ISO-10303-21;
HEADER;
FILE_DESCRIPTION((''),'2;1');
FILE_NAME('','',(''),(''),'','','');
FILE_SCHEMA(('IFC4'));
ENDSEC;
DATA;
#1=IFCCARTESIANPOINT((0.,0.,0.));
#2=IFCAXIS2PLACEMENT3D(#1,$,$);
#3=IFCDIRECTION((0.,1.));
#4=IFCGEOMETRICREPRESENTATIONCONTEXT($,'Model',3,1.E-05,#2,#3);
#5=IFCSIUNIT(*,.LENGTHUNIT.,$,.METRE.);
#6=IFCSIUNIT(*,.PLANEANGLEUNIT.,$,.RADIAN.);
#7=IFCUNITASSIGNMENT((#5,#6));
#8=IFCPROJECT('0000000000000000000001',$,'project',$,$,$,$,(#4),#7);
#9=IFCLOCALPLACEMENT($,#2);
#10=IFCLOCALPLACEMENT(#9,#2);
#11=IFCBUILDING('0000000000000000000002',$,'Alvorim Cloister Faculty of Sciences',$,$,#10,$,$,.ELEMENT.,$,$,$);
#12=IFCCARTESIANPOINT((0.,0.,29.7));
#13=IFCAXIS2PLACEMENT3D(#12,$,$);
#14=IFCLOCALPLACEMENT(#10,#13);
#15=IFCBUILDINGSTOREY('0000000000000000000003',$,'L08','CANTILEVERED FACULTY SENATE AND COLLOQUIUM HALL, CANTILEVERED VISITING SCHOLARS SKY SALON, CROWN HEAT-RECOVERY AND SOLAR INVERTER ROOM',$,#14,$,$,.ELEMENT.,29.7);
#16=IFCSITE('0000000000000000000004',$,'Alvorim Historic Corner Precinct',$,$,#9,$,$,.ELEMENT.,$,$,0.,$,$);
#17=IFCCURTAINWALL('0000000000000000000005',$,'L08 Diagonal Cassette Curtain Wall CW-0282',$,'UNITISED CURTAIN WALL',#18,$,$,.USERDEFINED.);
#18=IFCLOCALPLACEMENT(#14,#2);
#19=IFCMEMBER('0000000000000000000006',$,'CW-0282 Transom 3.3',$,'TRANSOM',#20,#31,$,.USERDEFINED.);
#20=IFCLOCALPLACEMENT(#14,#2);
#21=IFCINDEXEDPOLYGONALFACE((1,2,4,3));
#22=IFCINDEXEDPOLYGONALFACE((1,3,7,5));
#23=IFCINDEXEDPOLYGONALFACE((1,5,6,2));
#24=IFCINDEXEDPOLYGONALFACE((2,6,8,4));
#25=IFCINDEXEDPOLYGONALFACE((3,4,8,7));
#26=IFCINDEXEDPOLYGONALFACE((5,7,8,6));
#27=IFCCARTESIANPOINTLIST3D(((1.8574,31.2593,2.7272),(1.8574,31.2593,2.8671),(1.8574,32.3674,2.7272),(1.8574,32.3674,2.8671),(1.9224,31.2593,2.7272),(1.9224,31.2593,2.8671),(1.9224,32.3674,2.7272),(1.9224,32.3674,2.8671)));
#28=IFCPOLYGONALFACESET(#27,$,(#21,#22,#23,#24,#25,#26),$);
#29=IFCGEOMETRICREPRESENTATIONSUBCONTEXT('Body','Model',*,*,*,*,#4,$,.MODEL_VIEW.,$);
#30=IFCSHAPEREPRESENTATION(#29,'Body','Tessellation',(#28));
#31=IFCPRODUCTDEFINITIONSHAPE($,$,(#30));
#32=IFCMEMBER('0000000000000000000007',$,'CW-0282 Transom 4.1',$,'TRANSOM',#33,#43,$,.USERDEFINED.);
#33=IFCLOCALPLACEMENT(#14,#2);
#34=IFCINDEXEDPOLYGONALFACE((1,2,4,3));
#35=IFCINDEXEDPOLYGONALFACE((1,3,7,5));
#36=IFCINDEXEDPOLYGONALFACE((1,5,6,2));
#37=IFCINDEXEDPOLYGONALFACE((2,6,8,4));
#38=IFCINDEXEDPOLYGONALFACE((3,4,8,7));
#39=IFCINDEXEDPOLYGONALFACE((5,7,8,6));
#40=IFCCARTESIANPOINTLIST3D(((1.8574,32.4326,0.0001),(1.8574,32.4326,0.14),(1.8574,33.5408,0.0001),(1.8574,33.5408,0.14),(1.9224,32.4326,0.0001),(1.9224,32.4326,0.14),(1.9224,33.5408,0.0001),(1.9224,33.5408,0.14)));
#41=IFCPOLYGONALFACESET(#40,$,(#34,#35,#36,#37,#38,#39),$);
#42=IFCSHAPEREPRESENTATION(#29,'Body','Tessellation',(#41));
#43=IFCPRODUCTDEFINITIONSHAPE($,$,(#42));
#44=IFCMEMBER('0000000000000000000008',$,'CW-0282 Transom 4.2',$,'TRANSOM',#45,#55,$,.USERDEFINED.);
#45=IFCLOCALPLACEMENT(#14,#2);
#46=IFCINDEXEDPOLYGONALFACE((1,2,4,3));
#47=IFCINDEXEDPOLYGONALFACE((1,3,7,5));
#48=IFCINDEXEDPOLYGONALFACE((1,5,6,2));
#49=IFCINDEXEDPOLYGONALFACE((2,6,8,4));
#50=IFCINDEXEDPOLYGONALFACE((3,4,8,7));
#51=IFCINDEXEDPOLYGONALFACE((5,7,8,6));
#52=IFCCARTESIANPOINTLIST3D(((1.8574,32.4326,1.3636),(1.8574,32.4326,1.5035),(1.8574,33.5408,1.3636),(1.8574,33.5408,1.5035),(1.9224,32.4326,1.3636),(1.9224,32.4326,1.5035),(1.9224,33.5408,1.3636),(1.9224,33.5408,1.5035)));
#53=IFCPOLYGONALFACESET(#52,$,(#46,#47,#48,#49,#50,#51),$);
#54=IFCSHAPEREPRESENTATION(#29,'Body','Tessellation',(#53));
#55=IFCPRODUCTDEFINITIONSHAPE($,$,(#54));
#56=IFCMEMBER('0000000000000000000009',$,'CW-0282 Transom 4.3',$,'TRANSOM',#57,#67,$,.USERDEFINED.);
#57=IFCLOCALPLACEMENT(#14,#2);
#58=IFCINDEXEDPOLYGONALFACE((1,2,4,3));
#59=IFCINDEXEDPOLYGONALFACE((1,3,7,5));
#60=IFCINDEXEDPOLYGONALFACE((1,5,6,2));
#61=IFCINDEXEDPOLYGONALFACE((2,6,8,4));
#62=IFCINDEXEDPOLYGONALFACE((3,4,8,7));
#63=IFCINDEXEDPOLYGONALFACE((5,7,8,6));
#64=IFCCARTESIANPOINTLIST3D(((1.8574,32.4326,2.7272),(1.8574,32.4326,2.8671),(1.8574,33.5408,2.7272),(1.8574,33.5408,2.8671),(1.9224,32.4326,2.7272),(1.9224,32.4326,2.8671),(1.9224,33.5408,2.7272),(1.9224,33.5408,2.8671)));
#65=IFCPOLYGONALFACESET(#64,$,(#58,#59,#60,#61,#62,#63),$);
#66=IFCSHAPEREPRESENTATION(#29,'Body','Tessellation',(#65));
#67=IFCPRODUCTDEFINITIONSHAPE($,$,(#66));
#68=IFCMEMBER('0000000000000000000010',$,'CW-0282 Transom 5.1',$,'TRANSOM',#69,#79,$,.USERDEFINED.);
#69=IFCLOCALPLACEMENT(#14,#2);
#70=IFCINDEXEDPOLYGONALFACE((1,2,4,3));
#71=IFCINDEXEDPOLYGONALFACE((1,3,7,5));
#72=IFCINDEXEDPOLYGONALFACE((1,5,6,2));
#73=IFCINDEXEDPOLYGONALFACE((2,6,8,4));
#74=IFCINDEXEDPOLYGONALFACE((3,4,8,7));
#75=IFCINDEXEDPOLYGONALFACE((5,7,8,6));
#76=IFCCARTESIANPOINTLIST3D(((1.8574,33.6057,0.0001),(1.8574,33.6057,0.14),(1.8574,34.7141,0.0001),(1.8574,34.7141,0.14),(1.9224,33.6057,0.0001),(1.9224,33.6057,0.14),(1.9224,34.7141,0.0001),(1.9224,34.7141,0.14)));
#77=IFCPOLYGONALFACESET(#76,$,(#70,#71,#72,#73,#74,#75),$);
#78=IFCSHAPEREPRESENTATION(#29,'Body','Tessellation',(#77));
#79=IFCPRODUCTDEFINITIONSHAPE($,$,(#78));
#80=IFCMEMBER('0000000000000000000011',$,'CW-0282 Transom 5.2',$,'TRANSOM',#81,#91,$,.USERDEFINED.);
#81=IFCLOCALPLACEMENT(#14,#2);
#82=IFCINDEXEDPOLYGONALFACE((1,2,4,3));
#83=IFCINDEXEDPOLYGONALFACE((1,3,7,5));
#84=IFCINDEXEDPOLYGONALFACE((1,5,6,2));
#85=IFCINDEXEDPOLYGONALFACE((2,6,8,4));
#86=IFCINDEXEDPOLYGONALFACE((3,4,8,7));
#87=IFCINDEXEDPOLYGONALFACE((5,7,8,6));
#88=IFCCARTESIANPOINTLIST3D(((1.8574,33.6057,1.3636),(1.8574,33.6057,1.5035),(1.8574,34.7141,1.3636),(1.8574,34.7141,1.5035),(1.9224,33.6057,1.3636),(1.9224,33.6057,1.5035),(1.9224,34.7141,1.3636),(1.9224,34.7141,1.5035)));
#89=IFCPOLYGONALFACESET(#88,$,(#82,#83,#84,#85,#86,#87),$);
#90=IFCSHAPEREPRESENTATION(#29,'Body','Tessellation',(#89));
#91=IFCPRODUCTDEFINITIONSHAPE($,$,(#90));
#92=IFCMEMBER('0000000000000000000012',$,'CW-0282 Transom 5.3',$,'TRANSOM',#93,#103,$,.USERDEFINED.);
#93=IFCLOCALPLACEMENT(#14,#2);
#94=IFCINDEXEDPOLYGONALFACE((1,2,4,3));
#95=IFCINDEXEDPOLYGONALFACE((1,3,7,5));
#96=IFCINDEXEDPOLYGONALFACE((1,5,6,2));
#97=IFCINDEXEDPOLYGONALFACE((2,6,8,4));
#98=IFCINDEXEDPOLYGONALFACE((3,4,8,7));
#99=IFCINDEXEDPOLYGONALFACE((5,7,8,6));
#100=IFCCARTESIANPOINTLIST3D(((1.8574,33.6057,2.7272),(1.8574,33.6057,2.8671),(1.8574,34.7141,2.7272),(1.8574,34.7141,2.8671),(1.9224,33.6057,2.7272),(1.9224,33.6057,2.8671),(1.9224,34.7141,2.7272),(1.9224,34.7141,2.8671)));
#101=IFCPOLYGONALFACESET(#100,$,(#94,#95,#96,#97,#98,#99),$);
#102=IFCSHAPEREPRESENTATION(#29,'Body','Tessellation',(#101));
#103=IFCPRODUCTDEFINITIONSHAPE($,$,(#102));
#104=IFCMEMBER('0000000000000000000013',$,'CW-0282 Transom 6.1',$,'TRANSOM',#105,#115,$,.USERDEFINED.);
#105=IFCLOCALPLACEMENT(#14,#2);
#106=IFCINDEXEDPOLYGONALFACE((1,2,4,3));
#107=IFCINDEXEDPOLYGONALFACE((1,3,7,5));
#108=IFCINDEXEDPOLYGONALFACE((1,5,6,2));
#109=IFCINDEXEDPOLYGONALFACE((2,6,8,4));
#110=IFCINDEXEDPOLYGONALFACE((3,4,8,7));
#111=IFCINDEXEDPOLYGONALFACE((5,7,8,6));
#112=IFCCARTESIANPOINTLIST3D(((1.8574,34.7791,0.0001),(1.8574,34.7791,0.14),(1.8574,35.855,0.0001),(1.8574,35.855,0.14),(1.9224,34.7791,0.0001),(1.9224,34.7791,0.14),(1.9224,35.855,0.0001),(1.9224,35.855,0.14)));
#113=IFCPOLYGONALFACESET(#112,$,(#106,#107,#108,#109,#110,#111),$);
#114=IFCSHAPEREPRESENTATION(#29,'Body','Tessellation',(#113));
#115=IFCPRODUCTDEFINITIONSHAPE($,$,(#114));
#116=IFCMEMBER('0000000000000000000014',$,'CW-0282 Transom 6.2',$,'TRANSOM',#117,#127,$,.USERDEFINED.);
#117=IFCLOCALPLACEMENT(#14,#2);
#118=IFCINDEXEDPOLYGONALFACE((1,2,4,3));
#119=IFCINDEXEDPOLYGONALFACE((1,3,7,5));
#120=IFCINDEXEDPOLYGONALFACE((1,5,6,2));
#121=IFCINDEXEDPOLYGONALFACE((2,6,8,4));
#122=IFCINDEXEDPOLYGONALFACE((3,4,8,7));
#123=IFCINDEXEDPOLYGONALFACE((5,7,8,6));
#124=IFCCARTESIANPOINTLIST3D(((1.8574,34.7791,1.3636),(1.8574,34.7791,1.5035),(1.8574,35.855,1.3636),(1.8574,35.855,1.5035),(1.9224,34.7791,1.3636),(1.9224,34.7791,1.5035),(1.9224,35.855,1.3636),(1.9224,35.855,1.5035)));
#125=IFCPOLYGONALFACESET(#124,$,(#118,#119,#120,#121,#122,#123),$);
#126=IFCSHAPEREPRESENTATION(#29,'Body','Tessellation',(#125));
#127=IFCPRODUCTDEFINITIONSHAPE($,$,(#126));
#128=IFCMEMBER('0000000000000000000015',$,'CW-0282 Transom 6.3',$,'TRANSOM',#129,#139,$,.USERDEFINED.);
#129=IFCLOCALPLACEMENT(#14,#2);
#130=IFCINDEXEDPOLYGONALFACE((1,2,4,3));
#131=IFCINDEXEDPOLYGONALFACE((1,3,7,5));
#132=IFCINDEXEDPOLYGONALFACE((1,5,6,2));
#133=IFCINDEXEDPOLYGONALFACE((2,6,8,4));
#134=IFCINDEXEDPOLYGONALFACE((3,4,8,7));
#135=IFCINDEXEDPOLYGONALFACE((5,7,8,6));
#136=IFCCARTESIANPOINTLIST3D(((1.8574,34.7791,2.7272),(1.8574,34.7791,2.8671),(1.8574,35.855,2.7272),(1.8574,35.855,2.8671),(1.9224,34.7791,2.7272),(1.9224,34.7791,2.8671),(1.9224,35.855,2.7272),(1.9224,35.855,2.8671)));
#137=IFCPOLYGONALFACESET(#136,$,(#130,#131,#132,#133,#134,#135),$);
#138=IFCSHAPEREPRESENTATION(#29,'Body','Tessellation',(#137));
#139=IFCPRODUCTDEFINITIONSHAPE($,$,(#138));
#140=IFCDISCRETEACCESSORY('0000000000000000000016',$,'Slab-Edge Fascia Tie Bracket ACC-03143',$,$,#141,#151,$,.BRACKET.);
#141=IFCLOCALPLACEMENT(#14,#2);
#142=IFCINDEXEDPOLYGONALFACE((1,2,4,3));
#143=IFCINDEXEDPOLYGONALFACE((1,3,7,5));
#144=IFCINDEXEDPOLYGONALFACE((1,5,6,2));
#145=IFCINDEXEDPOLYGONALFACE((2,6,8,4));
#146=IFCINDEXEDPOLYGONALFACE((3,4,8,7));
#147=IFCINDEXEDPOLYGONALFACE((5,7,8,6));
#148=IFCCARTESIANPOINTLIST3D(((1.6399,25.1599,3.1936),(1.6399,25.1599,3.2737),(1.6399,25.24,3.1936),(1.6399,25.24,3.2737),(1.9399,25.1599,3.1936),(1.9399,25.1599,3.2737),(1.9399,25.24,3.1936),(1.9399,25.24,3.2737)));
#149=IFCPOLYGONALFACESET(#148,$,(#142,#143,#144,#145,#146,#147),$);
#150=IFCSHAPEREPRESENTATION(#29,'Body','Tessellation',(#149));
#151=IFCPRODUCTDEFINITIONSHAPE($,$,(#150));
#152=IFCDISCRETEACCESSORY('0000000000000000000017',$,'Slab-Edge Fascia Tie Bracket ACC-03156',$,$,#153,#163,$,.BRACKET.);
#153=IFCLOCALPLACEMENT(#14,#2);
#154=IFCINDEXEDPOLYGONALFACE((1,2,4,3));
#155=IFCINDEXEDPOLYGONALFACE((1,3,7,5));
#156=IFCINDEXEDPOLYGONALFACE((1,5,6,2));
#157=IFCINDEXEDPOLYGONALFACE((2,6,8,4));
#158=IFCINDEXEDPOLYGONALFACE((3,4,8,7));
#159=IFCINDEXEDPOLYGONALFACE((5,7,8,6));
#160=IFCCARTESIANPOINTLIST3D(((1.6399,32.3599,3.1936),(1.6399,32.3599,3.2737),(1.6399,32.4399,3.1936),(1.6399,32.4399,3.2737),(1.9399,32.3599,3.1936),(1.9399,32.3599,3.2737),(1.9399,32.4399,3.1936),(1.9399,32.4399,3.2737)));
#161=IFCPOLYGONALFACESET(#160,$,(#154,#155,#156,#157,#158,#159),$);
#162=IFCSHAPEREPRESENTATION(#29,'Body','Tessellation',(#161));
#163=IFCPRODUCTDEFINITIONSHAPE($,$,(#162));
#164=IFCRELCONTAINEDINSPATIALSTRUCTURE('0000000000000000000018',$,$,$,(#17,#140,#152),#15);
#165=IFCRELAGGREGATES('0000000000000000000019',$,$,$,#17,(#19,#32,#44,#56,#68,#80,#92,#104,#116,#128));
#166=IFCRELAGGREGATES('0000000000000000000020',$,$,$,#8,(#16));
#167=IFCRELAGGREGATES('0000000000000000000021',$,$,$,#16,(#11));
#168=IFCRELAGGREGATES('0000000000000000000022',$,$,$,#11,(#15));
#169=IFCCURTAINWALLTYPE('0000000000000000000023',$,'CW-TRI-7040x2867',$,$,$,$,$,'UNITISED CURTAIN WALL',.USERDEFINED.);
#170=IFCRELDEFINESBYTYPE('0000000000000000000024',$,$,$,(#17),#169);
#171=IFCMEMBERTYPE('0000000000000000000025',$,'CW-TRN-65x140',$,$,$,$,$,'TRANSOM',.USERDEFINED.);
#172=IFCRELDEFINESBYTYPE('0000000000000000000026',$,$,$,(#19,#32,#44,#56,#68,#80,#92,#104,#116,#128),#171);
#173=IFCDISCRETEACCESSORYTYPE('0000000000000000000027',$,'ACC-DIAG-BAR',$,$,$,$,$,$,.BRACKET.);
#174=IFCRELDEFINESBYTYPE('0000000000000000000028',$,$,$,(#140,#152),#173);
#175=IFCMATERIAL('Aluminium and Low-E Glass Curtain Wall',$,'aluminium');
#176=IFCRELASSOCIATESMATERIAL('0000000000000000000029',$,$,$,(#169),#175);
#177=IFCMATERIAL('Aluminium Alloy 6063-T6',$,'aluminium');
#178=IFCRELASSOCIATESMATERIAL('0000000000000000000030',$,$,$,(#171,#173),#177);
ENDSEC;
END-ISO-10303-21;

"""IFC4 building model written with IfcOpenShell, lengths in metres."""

from ifc_helpers import new_model, si_unit, direction, frame, origin, origin_2d, place, context, subcontext, project, spatial, rectangle, extrude, material, material_profile, profile_set, type_object, element, aggregate, save


model = new_model("IFC4")

# Units and contexts
model_context = context("Model", 3, precision=1e-05, world=origin(), true_north=direction((0.0, 1.0)))
body_context = subcontext(model_context, "Body", "Model", "MODEL_VIEW")
ifc_project = project(units=[si_unit("LENGTHUNIT", "METRE"), si_unit("PLANEANGLEUNIT", "RADIAN")], contexts=[model_context])

# Site, building, storey
site_placement = place(None, origin())
site = spatial("IfcSite", under=ifc_project, at=site_placement, Name="Alvorim Historic Corner Precinct", CompositionType="ELEMENT", RefElevation=0.0)
building_placement = place(site_placement, origin())
building = spatial("IfcBuilding", under=site, at=building_placement, Name="Alvorim Cloister Faculty of Sciences", CompositionType="ELEMENT")
storey_placement = place(building_placement, frame((0.0, 0.0, 29.7)))
storey = spatial("IfcBuildingStorey", under=building, at=storey_placement, Name="L08", Description="CANTILEVERED FACULTY SENATE AND COLLOQUIUM HALL, CANTILEVERED VISITING SCHOLARS SKY SALON, CROWN HEAT-RECOVERY AND SOLAR INVERTER ROOM", CompositionType="ELEMENT", Elevation=29.7)

# Shared definitions
ifc_material_1 = material(Name="Aluminium and Low-E Glass Curtain Wall", Category="aluminium")
curtain_wall_type = type_object("IfcCurtainWallType", Name="CW-TRI-7040x2867", ElementType="UNITISED CURTAIN WALL", PredefinedType="USERDEFINED", material=ifc_material_1)
ifc_material_2 = material(Name="Aluminium Alloy 6063-T6", Category="aluminium")

# Curtain wall
curtain_wall_1_placement = place(storey_placement, origin())
curtain_wall_1 = element("IfcCurtainWall", 1, at=curtain_wall_1_placement, inside=storey, type_object=curtain_wall_type, Name="L08 Diagonal Cassette Curtain Wall CW-0282", ObjectType="UNITISED CURTAIN WALL", PredefinedType="USERDEFINED")

# Members
ifc_material_profile_1 = material_profile(ifc_material_2, rectangle(XDim=0.0649, YDim=0.1399, at=origin_2d()), Name="ALU-TRN-65x140")
ifc_profile_set_1 = profile_set([ifc_material_profile_1], Name="Aluminium Alloy 6063-T6")
member_type_1 = type_object("IfcMemberType", Name="CW-TRN-65x140", ElementType="TRANSOM", PredefinedType="USERDEFINED", material=ifc_profile_set_1)
member_1_placement = place(storey_placement, frame((1.8899, 31.2593, 2.7971), z_axis=(0.0, 1.0, 0.0), x_axis=(-1.0, 0.0, 0.0)))
member_1 = element("IfcMember", 2, at=member_1_placement, type_object=member_type_1, Name="CW-0282 Transom 3.3", ObjectType="TRANSOM", PredefinedType="USERDEFINED", context=body_context, shape_type="SweptSolid", body=[
    extrude(rectangle(XDim=0.0649, YDim=0.1399, at=origin_2d()), origin(), (0.0, 0.0, 1.0), 1.1082),
])
member_2_placement = place(storey_placement, frame((1.8899, 32.4326, 0.0701), z_axis=(0.0, 1.0, 0.0), x_axis=(-1.0, 0.0, 0.0)))
member_2 = element("IfcMember", 3, at=member_2_placement, type_object=member_type_1, Name="CW-0282 Transom 4.1", ObjectType="TRANSOM", PredefinedType="USERDEFINED", context=body_context, shape_type="SweptSolid", body=[
    extrude(rectangle(XDim=0.0649, YDim=0.1399, at=origin_2d()), origin(), (0.0, 0.0, 1.0), 1.1082),
])
member_3_placement = place(storey_placement, frame((1.8899, 32.4326, 1.4336), z_axis=(0.0, 1.0, 0.0), x_axis=(-1.0, 0.0, 0.0)))
member_3 = element("IfcMember", 4, at=member_3_placement, type_object=member_type_1, Name="CW-0282 Transom 4.2", ObjectType="TRANSOM", PredefinedType="USERDEFINED", context=body_context, shape_type="SweptSolid", body=[
    extrude(rectangle(XDim=0.0649, YDim=0.1399, at=origin_2d()), origin(), (0.0, 0.0, 1.0), 1.1082),
])
member_4_placement = place(storey_placement, frame((1.8899, 32.4326, 2.7971), z_axis=(0.0, 1.0, 0.0), x_axis=(-1.0, 0.0, 0.0)))
member_4 = element("IfcMember", 5, at=member_4_placement, type_object=member_type_1, Name="CW-0282 Transom 4.3", ObjectType="TRANSOM", PredefinedType="USERDEFINED", context=body_context, shape_type="SweptSolid", body=[
    extrude(rectangle(XDim=0.0649, YDim=0.1399, at=origin_2d()), origin(), (0.0, 0.0, 1.0), 1.1082),
])
member_5_placement = place(storey_placement, frame((1.8899, 33.6057, 0.0701), z_axis=(0.0, 1.0, 0.0), x_axis=(-1.0, 0.0, 0.0)))
member_5 = element("IfcMember", 6, at=member_5_placement, type_object=member_type_1, Name="CW-0282 Transom 5.1", ObjectType="TRANSOM", PredefinedType="USERDEFINED", context=body_context, shape_type="SweptSolid", body=[
    extrude(rectangle(XDim=0.0649, YDim=0.1399, at=origin_2d()), origin(), (0.0, 0.0, 1.0), 1.1084),
])
member_6_placement = place(storey_placement, frame((1.8899, 33.6057, 1.4336), z_axis=(0.0, 1.0, 0.0), x_axis=(-1.0, 0.0, 0.0)))
member_6 = element("IfcMember", 7, at=member_6_placement, type_object=member_type_1, Name="CW-0282 Transom 5.2", ObjectType="TRANSOM", PredefinedType="USERDEFINED", context=body_context, shape_type="SweptSolid", body=[
    extrude(rectangle(XDim=0.0649, YDim=0.1399, at=origin_2d()), origin(), (0.0, 0.0, 1.0), 1.1084),
])
member_7_placement = place(storey_placement, frame((1.8899, 33.6057, 2.7971), z_axis=(0.0, 1.0, 0.0), x_axis=(-1.0, 0.0, 0.0)))
member_7 = element("IfcMember", 8, at=member_7_placement, type_object=member_type_1, Name="CW-0282 Transom 5.3", ObjectType="TRANSOM", PredefinedType="USERDEFINED", context=body_context, shape_type="SweptSolid", body=[
    extrude(rectangle(XDim=0.0649, YDim=0.1399, at=origin_2d()), origin(), (0.0, 0.0, 1.0), 1.1084),
])
member_8_placement = place(storey_placement, frame((1.8899, 34.7791, 0.0701), z_axis=(0.0, 1.0, 0.0), x_axis=(-1.0, 0.0, 0.0)))
member_8 = element("IfcMember", 9, at=member_8_placement, type_object=member_type_1, Name="CW-0282 Transom 6.1", ObjectType="TRANSOM", PredefinedType="USERDEFINED", context=body_context, shape_type="SweptSolid", body=[
    extrude(rectangle(XDim=0.0649, YDim=0.1399, at=origin_2d()), origin(), (0.0, 0.0, 1.0), 1.0759),
])
member_9_placement = place(storey_placement, frame((1.8899, 34.7791, 1.4336), z_axis=(0.0, 1.0, 0.0), x_axis=(-1.0, 0.0, 0.0)))
member_9 = element("IfcMember", 10, at=member_9_placement, type_object=member_type_1, Name="CW-0282 Transom 6.2", ObjectType="TRANSOM", PredefinedType="USERDEFINED", context=body_context, shape_type="SweptSolid", body=[
    extrude(rectangle(XDim=0.0649, YDim=0.1399, at=origin_2d()), origin(), (0.0, 0.0, 1.0), 1.0759),
])
member_10_placement = place(storey_placement, frame((1.8899, 34.7791, 2.7971), z_axis=(0.0, 1.0, 0.0), x_axis=(-1.0, 0.0, 0.0)))
member_10 = element("IfcMember", 11, at=member_10_placement, type_object=member_type_1, Name="CW-0282 Transom 6.3", ObjectType="TRANSOM", PredefinedType="USERDEFINED", context=body_context, shape_type="SweptSolid", body=[
    extrude(rectangle(XDim=0.0649, YDim=0.1399, at=origin_2d()), origin(), (0.0, 0.0, 1.0), 1.0759),
])
aggregate(curtain_wall_1, [member_1, member_2, member_3, member_4, member_5, member_6, member_7, member_8, member_9, member_10])

# Discrete accessories
discrete_accessory_type = type_object("IfcDiscreteAccessoryType", Name="ACC-DIAG-BAR", PredefinedType="BRACKET", material=ifc_material_2)
for number, where, z_axis, x_axis, name in (
    (12, (1.9399, 25.2, 3.2336), (-1.0, 0.0, 0.0), (0.0, -1.0, 0.0), "Slab-Edge Fascia Tie Bracket ACC-03143"),
    (13, (1.9399, 32.3999, 3.2336), (-1.0, 0.0, 0.0), (0.0, -1.0, 0.0), "Slab-Edge Fascia Tie Bracket ACC-03156"),
):
    element("IfcDiscreteAccessory", number, at=place(storey_placement, frame(where, z_axis=z_axis, x_axis=x_axis)), inside=storey, type_object=discrete_accessory_type, Name=name, PredefinedType="BRACKET", context=body_context, shape_type="SweptSolid", body=[
        extrude(rectangle(XDim=0.0801, YDim=0.0801, at=origin_2d()), origin(), (0.0, 0.0, 1.0), 0.3),
    ])

save(model, "model.ifc")
